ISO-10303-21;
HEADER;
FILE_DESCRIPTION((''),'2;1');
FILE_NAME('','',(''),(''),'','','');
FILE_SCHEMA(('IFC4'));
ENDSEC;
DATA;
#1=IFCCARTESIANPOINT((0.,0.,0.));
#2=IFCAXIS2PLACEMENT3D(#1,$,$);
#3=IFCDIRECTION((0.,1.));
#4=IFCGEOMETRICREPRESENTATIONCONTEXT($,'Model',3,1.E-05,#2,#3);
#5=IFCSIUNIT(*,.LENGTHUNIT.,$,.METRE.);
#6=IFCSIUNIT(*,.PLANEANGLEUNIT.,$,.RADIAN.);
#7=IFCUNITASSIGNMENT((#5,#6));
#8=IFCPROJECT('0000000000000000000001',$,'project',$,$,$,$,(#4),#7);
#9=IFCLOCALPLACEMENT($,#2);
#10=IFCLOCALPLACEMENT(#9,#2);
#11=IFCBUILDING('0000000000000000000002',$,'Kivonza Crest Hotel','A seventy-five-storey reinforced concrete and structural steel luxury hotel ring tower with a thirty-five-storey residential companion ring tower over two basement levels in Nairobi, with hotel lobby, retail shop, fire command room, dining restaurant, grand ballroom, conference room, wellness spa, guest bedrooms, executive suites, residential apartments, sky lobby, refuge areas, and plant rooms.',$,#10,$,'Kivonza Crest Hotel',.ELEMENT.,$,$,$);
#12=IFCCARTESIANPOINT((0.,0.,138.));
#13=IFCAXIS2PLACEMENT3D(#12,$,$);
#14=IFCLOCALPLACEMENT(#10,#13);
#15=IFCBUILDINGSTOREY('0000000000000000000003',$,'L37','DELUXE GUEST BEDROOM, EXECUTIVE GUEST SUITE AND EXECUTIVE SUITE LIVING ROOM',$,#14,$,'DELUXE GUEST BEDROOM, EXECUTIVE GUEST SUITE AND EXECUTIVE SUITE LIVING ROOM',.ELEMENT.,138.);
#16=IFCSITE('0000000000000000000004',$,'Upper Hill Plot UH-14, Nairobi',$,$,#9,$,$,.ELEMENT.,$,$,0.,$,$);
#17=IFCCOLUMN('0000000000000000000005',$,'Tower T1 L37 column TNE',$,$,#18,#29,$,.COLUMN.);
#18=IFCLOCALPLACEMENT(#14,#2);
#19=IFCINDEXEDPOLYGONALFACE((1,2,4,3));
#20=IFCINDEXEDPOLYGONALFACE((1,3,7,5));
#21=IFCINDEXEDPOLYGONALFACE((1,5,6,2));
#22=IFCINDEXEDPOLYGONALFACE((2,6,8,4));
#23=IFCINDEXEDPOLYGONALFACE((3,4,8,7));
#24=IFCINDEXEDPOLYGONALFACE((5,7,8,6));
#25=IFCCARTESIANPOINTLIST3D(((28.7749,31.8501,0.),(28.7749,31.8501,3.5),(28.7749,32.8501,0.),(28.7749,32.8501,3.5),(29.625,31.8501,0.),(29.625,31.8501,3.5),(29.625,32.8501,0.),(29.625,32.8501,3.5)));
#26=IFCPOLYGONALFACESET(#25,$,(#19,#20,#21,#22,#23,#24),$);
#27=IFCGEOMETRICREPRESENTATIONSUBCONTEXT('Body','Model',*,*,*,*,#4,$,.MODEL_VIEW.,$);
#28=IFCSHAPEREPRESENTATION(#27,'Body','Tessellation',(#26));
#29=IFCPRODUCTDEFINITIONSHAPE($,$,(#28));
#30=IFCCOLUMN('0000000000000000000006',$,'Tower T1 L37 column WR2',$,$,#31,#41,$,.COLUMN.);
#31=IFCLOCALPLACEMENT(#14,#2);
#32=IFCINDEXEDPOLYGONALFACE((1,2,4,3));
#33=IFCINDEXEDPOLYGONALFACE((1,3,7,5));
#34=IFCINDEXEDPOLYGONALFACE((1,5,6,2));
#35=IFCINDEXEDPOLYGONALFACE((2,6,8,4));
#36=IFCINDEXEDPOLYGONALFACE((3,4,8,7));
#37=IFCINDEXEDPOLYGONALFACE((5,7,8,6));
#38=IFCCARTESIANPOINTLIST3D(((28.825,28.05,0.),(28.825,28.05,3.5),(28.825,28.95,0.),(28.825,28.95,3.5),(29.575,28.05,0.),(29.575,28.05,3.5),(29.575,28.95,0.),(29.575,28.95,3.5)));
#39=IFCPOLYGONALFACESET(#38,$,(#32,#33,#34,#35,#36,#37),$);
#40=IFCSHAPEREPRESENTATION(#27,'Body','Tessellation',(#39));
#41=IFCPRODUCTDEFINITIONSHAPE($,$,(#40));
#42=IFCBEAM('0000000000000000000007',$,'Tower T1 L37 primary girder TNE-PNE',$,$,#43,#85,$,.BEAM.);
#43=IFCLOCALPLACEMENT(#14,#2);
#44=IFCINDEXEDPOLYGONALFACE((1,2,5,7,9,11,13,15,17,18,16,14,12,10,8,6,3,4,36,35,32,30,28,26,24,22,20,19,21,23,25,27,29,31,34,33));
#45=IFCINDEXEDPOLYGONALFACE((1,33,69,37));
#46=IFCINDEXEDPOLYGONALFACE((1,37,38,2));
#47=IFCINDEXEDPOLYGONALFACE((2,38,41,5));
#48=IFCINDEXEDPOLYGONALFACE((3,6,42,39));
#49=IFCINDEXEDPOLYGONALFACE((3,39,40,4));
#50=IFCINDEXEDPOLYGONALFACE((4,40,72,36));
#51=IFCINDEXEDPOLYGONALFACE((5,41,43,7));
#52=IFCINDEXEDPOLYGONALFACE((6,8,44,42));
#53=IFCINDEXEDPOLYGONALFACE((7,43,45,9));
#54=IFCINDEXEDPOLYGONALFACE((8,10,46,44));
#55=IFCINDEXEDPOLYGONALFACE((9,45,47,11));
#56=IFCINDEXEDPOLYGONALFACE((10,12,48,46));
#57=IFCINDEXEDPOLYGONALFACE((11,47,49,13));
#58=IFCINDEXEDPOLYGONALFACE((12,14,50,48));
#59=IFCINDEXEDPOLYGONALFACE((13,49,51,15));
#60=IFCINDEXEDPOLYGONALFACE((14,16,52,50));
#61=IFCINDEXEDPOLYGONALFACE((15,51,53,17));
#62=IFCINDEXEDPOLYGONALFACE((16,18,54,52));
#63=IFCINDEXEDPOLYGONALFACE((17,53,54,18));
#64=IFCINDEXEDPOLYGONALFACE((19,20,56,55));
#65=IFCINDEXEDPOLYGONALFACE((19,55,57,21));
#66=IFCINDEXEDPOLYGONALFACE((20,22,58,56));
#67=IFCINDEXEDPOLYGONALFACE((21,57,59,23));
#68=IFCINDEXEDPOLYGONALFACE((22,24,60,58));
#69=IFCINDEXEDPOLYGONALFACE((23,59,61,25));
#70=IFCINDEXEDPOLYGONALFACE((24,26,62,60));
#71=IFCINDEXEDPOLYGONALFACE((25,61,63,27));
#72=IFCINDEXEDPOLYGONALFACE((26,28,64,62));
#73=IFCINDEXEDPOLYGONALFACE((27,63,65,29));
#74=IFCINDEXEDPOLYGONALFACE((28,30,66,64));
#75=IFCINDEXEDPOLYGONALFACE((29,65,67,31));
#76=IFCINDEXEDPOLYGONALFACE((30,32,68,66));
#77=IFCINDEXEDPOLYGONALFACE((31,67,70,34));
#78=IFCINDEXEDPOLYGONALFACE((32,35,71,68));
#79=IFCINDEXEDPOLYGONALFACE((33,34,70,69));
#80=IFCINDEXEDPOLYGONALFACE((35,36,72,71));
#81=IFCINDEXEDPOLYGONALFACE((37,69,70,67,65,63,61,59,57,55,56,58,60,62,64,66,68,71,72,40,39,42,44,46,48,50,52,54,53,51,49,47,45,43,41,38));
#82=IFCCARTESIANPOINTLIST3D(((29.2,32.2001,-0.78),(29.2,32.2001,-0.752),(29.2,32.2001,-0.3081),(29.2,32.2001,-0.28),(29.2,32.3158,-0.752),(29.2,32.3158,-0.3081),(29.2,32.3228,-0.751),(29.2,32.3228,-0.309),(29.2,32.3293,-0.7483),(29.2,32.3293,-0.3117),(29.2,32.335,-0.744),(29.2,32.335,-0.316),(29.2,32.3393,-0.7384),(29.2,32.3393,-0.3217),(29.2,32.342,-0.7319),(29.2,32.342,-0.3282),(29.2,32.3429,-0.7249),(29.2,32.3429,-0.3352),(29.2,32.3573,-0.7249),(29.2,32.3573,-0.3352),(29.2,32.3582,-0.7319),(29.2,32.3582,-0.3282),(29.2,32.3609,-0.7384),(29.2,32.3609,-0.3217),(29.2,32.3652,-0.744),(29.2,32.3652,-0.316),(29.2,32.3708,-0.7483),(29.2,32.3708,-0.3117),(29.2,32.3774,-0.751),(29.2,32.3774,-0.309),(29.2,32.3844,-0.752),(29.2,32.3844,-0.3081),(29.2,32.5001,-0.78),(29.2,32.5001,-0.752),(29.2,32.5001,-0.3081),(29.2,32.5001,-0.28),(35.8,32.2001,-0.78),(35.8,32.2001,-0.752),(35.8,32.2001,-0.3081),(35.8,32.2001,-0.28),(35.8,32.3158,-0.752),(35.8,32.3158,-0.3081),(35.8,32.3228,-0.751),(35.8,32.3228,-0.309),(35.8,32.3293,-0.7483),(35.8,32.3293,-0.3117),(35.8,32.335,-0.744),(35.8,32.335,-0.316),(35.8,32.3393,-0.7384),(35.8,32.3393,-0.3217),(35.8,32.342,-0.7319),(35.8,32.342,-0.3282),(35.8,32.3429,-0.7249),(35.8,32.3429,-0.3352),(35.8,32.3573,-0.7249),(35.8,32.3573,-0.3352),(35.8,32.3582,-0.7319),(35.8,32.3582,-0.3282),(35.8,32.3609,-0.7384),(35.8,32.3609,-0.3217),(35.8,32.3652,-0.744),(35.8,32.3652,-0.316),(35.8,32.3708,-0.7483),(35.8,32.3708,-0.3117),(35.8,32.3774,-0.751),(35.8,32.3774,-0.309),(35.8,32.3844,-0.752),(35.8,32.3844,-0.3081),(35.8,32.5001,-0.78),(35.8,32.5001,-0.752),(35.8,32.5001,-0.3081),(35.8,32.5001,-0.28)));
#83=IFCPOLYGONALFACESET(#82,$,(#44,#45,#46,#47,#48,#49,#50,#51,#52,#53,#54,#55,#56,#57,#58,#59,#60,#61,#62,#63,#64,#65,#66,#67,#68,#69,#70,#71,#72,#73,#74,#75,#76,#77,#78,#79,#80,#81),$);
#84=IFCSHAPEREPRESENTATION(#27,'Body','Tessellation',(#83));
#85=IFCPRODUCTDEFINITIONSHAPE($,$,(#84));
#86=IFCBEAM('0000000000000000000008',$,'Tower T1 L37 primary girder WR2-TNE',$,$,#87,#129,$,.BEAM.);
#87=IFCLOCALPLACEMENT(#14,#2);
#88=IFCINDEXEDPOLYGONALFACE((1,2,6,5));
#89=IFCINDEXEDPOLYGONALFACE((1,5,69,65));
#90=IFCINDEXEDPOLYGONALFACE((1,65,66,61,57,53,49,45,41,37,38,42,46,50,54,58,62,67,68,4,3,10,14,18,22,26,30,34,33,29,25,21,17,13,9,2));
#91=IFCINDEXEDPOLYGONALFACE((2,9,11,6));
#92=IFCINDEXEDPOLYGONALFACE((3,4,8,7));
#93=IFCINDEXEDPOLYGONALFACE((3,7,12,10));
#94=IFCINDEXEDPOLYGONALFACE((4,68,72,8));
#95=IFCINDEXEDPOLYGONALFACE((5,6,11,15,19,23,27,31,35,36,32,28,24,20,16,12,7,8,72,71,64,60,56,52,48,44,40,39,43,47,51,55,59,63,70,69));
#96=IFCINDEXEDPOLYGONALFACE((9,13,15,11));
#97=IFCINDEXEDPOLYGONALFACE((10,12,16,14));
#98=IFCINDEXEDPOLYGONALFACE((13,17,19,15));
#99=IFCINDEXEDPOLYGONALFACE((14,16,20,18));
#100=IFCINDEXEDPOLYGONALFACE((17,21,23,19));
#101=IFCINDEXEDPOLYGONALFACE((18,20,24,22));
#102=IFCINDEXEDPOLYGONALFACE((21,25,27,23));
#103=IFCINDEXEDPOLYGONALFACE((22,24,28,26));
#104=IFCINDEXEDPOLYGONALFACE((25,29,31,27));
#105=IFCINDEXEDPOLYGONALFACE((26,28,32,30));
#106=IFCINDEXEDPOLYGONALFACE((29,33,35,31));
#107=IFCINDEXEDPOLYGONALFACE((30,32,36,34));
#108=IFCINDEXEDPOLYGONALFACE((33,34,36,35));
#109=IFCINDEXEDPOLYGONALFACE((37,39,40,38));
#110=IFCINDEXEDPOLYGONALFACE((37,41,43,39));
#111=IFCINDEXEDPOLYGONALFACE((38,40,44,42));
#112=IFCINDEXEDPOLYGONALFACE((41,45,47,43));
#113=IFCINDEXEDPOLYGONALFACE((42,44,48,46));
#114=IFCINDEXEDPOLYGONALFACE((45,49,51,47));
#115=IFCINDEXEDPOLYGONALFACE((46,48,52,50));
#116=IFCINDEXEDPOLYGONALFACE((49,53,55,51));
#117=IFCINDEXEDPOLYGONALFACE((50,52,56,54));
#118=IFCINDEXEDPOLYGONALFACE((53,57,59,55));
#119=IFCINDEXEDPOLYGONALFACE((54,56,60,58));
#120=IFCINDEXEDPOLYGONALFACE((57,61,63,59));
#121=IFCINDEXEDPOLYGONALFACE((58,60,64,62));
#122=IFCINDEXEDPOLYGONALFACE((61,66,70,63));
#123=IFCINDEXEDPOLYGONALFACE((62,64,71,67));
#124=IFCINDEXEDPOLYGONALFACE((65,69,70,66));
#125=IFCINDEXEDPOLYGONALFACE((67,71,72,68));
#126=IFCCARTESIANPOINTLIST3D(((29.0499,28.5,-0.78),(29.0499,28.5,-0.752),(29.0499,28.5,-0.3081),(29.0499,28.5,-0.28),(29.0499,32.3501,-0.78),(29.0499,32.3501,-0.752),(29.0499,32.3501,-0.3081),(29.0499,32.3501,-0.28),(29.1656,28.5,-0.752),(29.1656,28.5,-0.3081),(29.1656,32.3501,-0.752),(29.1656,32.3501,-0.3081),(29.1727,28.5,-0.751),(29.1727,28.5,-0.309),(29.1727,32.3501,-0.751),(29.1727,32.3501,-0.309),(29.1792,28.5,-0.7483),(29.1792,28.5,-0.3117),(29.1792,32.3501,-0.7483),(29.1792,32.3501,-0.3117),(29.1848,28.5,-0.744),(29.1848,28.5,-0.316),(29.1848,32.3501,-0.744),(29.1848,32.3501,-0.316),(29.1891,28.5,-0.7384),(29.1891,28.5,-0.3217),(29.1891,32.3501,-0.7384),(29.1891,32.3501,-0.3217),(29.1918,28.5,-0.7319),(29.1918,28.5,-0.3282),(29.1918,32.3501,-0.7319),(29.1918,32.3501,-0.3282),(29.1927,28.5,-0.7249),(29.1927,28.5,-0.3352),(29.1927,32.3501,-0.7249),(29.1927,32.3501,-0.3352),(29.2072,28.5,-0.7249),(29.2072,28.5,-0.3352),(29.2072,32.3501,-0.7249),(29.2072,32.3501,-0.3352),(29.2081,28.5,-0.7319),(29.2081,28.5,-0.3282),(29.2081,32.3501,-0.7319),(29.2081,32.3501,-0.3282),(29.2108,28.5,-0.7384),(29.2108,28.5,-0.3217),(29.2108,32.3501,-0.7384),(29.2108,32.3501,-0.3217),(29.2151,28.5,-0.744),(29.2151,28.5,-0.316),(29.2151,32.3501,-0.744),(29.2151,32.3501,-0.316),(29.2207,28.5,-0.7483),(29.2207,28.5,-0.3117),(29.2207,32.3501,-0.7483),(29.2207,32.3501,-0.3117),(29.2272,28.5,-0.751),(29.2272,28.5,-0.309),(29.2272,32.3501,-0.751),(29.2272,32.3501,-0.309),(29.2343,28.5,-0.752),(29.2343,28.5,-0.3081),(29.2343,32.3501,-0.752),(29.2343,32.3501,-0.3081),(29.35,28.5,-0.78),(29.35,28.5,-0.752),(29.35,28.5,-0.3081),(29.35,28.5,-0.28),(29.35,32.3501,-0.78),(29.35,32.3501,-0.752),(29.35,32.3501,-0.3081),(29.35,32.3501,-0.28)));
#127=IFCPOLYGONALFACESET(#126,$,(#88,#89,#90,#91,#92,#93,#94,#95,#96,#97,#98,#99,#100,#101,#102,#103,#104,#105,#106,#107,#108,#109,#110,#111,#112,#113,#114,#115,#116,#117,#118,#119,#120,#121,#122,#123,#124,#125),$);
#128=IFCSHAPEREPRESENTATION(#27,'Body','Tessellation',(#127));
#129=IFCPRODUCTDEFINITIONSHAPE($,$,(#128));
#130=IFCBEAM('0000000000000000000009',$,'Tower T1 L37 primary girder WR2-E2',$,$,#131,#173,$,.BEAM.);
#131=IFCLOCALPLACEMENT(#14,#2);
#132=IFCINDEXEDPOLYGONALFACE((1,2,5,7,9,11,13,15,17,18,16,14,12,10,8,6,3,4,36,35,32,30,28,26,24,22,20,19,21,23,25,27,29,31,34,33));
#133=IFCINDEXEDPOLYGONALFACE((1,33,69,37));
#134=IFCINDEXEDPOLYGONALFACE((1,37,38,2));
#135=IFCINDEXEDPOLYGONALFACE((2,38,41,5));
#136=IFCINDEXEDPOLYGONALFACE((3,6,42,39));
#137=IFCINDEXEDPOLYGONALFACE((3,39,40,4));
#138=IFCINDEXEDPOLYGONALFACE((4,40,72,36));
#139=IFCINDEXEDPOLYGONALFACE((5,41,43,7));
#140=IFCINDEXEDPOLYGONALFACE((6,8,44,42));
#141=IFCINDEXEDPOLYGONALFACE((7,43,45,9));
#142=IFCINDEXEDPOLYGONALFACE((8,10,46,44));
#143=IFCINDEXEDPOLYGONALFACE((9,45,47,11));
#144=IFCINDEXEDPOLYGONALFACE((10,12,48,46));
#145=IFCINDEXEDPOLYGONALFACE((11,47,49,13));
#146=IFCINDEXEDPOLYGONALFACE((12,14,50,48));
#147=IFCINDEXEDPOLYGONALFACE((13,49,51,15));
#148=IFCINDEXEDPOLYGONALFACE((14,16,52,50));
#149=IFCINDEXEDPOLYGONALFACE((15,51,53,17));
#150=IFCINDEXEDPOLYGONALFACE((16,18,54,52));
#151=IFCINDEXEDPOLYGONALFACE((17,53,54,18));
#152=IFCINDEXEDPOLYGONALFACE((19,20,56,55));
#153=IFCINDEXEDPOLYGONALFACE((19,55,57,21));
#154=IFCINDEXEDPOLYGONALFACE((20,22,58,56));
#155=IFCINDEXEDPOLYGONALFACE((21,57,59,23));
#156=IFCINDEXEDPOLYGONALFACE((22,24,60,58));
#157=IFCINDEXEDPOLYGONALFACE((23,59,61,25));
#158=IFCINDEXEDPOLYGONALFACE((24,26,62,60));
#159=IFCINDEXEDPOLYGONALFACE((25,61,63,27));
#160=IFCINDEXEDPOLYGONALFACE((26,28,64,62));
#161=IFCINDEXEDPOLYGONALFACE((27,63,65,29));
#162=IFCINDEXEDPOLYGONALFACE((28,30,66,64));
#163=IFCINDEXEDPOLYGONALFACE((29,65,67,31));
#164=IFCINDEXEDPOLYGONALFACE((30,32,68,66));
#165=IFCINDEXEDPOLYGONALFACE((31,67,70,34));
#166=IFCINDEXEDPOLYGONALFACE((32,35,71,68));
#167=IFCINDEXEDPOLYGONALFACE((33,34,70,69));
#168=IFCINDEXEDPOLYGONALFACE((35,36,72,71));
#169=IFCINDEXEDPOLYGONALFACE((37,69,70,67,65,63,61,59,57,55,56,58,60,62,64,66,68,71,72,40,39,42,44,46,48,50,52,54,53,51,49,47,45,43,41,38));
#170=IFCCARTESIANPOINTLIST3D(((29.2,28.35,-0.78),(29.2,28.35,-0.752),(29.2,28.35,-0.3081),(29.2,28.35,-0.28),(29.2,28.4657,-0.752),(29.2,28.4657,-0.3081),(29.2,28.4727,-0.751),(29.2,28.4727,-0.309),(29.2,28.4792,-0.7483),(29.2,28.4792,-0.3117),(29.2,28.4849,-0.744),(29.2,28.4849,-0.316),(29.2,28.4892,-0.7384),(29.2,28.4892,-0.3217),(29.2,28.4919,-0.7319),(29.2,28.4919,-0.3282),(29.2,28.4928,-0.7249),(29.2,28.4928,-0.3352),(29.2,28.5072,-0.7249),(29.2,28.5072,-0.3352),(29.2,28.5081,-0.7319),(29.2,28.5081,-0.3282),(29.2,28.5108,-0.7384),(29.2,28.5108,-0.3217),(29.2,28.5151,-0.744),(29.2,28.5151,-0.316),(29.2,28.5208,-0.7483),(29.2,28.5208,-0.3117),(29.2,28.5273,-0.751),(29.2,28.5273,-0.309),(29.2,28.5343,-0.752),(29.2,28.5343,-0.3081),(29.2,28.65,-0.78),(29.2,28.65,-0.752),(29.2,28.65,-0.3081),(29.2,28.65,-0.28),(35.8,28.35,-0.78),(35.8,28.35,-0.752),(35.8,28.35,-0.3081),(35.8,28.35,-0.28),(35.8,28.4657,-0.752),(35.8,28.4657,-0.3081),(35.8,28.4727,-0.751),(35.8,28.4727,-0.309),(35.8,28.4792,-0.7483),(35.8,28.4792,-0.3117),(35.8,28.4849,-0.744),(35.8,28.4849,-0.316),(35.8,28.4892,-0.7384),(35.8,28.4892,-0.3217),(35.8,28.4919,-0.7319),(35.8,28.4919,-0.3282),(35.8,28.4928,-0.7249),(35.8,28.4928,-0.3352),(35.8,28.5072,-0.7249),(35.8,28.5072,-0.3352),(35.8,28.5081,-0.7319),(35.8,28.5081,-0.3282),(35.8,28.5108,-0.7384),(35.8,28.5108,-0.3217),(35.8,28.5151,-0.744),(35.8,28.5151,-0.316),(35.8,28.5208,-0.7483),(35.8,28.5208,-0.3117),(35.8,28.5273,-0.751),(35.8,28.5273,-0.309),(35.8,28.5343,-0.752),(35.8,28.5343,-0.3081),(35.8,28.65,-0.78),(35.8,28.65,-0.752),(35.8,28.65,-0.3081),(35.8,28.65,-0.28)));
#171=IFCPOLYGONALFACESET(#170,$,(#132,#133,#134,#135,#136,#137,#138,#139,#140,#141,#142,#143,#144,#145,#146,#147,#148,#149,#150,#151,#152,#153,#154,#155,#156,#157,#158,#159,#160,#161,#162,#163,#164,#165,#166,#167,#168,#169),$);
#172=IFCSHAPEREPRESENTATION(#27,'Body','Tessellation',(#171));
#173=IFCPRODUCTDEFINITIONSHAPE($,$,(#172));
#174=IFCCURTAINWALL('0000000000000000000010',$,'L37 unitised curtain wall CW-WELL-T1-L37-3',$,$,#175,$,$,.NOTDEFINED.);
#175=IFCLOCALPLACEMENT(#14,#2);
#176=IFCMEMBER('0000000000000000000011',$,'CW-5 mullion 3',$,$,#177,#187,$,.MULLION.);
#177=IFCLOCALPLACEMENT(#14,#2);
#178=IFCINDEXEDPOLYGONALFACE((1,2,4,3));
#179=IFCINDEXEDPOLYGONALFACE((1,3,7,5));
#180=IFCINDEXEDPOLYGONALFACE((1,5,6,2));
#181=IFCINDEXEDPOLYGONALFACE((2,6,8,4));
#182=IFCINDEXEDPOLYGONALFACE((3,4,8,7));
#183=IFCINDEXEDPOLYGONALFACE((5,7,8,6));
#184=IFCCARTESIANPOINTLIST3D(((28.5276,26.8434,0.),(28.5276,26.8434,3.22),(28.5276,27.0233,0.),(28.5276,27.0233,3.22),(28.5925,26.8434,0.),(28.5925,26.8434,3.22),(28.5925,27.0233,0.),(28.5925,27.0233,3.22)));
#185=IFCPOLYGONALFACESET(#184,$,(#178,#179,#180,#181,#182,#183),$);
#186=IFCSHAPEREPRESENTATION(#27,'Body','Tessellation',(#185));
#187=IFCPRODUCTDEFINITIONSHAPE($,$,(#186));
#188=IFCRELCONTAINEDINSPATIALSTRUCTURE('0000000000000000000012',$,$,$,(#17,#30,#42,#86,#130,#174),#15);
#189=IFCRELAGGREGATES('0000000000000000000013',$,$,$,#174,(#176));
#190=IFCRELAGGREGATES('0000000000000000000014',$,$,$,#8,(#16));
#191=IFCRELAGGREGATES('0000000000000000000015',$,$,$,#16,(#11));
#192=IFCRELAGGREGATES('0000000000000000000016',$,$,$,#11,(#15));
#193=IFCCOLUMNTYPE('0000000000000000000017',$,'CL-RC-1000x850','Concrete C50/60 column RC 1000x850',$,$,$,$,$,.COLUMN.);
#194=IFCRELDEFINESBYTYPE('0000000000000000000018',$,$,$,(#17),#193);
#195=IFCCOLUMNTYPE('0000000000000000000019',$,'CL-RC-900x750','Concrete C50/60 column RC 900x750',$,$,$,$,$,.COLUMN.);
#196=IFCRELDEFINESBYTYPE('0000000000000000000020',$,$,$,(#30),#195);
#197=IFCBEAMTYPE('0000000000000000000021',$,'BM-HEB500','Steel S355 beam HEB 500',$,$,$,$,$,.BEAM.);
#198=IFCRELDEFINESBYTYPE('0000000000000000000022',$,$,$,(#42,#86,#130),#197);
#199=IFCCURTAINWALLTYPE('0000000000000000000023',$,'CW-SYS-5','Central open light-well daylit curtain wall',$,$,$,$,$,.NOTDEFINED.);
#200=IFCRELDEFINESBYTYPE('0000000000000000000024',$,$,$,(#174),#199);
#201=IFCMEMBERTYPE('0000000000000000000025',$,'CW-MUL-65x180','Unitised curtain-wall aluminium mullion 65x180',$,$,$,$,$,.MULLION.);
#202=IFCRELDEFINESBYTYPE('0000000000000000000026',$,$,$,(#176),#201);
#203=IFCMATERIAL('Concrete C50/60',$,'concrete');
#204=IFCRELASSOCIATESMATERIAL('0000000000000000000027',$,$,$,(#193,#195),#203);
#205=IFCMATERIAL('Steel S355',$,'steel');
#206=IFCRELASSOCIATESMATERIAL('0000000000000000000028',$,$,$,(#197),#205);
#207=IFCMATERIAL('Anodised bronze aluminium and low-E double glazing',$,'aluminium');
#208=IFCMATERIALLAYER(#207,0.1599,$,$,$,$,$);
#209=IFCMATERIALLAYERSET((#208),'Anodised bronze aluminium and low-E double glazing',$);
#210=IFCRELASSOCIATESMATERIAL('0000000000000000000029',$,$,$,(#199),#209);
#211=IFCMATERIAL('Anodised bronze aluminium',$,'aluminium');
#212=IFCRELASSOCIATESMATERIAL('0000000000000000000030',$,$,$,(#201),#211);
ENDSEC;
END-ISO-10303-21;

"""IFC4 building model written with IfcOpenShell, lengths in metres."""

from ifc_helpers import new_model, si_unit, direction, frame, origin, origin_2d, place, context, subcontext, project, spatial, rectangle, i_section, extrude, material, layer, layer_set, material_profile, profile_set, type_object, element, aggregate, save


model = new_model("IFC4")

# Units and contexts
model_context = context("Model", 3, precision=1e-05, world=origin(), true_north=direction((0.0, 1.0)))
body_context = subcontext(model_context, "Body", "Model", "MODEL_VIEW")
ifc_project = project(units=[si_unit("LENGTHUNIT", "METRE"), si_unit("PLANEANGLEUNIT", "RADIAN")], contexts=[model_context])

# Site, building, storey
site_placement = place(None, origin())
site = spatial("IfcSite", under=ifc_project, at=site_placement, Name="Upper Hill Plot UH-14, Nairobi", CompositionType="ELEMENT", RefElevation=0.0)
building_placement = place(site_placement, origin())
building = spatial("IfcBuilding", under=site, at=building_placement, Name="Kivonza Crest Hotel", Description="A seventy-five-storey reinforced concrete and structural steel luxury hotel ring tower with a thirty-five-storey residential companion ring tower over two basement levels in Nairobi, with hotel lobby, retail shop, fire command room, dining restaurant, grand ballroom, conference room, wellness spa, guest bedrooms, executive suites, residential apartments, sky lobby, refuge areas, and plant rooms.", LongName="Kivonza Crest Hotel", CompositionType="ELEMENT")
storey_placement = place(building_placement, frame((0.0, 0.0, 138.0)))
storey = spatial("IfcBuildingStorey", under=building, at=storey_placement, Name="L37", Description="DELUXE GUEST BEDROOM, EXECUTIVE GUEST SUITE AND EXECUTIVE SUITE LIVING ROOM", LongName="DELUXE GUEST BEDROOM, EXECUTIVE GUEST SUITE AND EXECUTIVE SUITE LIVING ROOM", CompositionType="ELEMENT", Elevation=138.0)

# Columns
ifc_material_1 = material(Name="Concrete C50/60", Category="concrete")
ifc_material_profile_1 = material_profile(ifc_material_1, rectangle(XDim=0.8501, YDim=1.0, at=origin_2d()), Name="RC 1000x850")
ifc_profile_set_1 = profile_set([ifc_material_profile_1], Name="Concrete C50/60")
column_type_1 = type_object("IfcColumnType", Name="CL-RC-1000x850", Description="Concrete C50/60 column RC 1000x850", PredefinedType="COLUMN", material=ifc_profile_set_1)
column_1_placement = place(storey_placement, frame((29.2, 32.3501, 0.0), z_axis=(0.0, 0.0, 1.0), x_axis=(1.0, 0.0, 0.0)))
element("IfcColumn", 1, at=column_1_placement, inside=storey, type_object=column_type_1, Name="Tower T1 L37 column TNE", PredefinedType="COLUMN", context=body_context, shape_type="SweptSolid", body=[
    extrude(rectangle(XDim=0.8501, YDim=1.0, at=origin_2d()), origin(), (0.0, 0.0, 1.0), 3.5),
])
ifc_material_profile_2 = material_profile(ifc_material_1, rectangle(XDim=0.75, YDim=0.8999, at=origin_2d()), Name="RC 900x750")
ifc_profile_set_2 = profile_set([ifc_material_profile_2], Name="Concrete C50/60")
column_type_2 = type_object("IfcColumnType", Name="CL-RC-900x750", Description="Concrete C50/60 column RC 900x750", PredefinedType="COLUMN", material=ifc_profile_set_2)
column_2_placement = place(storey_placement, frame((29.2, 28.5, 0.0), z_axis=(0.0, 0.0, 1.0), x_axis=(1.0, 0.0, 0.0)))
element("IfcColumn", 2, at=column_2_placement, inside=storey, type_object=column_type_2, Name="Tower T1 L37 column WR2", PredefinedType="COLUMN", context=body_context, shape_type="SweptSolid", body=[
    extrude(rectangle(XDim=0.75, YDim=0.8999, at=origin_2d()), origin(), (0.0, 0.0, 1.0), 3.5),
])

# Beams
ifc_material_2 = material(Name="Steel S355", Category="steel")
ifc_material_profile_3 = material_profile(ifc_material_2, i_section(OverallWidth=0.3, OverallDepth=0.5, WebThickness=0.0144, FlangeThickness=0.0281, FilletRadius=0.0271, at=origin_2d()), Name="HEB 500")
ifc_profile_set_3 = profile_set([ifc_material_profile_3], Name="Steel S355")
beam_type = type_object("IfcBeamType", Name="BM-HEB500", Description="Steel S355 beam HEB 500", PredefinedType="BEAM", material=ifc_profile_set_3)
beam_1_placement = place(storey_placement, frame((29.2, 32.3501, -0.53), z_axis=(1.0, 0.0, 0.0), x_axis=(0.0, 1.0, 0.0)))
element("IfcBeam", 3, at=beam_1_placement, inside=storey, type_object=beam_type, Name="Tower T1 L37 primary girder TNE-PNE", PredefinedType="BEAM", context=body_context, shape_type="SweptSolid", body=[
    extrude(i_section(OverallWidth=0.3, OverallDepth=0.5, WebThickness=0.0144, FlangeThickness=0.0281, FilletRadius=0.0271, at=origin_2d()), origin(), (0.0, 0.0, 1.0), 6.6001),
])
beam_2_placement = place(storey_placement, frame((29.2, 28.5, -0.53), z_axis=(0.0, 1.0, 0.0), x_axis=(-1.0, 0.0, 0.0)))
element("IfcBeam", 4, at=beam_2_placement, inside=storey, type_object=beam_type, Name="Tower T1 L37 primary girder WR2-TNE", PredefinedType="BEAM", context=body_context, shape_type="SweptSolid", body=[
    extrude(i_section(OverallWidth=0.3, OverallDepth=0.5, WebThickness=0.0144, FlangeThickness=0.0281, FilletRadius=0.0271, at=origin_2d()), origin(), (0.0, 0.0, 1.0), 3.8501),
])
beam_3_placement = place(storey_placement, frame((29.2, 28.5, -0.53), z_axis=(1.0, 0.0, 0.0), x_axis=(0.0, 1.0, 0.0)))
element("IfcBeam", 5, at=beam_3_placement, inside=storey, type_object=beam_type, Name="Tower T1 L37 primary girder WR2-E2", PredefinedType="BEAM", context=body_context, shape_type="SweptSolid", body=[
    extrude(i_section(OverallWidth=0.3, OverallDepth=0.5, WebThickness=0.0144, FlangeThickness=0.0281, FilletRadius=0.0271, at=origin_2d()), origin(), (0.0, 0.0, 1.0), 6.6001),
])

# Curtain wall, member
ifc_material_3 = material(Name="Anodised bronze aluminium and low-E double glazing", Category="aluminium")
ifc_layer_1 = layer(ifc_material_3, 0.1599)
ifc_layer_set_1 = layer_set([ifc_layer_1], Name="Anodised bronze aluminium and low-E double glazing")
curtain_wall_type = type_object("IfcCurtainWallType", Name="CW-SYS-5", Description="Central open light-well daylit curtain wall", PredefinedType="NOTDEFINED", material=ifc_layer_set_1)
curtain_wall_placement = place(storey_placement, origin())
curtain_wall = element("IfcCurtainWall", 6, at=curtain_wall_placement, inside=storey, type_object=curtain_wall_type, Name="L37 unitised curtain wall CW-WELL-T1-L37-3", PredefinedType="NOTDEFINED")
ifc_material_4 = material(Name="Anodised bronze aluminium", Category="aluminium")
ifc_material_profile_4 = material_profile(ifc_material_4, rectangle(XDim=0.0649, YDim=0.1799, at=origin_2d()), Name="CW-M 65x180")
ifc_profile_set_4 = profile_set([ifc_material_profile_4], Name="Anodised bronze aluminium")
member_type_1 = type_object("IfcMemberType", Name="CW-MUL-65x180", Description="Unitised curtain-wall aluminium mullion 65x180", PredefinedType="MULLION", material=ifc_profile_set_4)
member_1_placement = place(storey_placement, frame((28.5601, 26.9333, 0.0), z_axis=(0.0, 0.0, 1.0), x_axis=(-1.0, 0.0, 0.0)))
member_1 = element("IfcMember", 7, at=member_1_placement, type_object=member_type_1, Name="CW-5 mullion 3", PredefinedType="MULLION", context=body_context, shape_type="SweptSolid", body=[
    extrude(rectangle(XDim=0.0649, YDim=0.1799, at=origin_2d()), origin(), (0.0, 0.0, 1.0), 3.22),
])
aggregate(curtain_wall, [member_1])

save(model, "model.ifc")
